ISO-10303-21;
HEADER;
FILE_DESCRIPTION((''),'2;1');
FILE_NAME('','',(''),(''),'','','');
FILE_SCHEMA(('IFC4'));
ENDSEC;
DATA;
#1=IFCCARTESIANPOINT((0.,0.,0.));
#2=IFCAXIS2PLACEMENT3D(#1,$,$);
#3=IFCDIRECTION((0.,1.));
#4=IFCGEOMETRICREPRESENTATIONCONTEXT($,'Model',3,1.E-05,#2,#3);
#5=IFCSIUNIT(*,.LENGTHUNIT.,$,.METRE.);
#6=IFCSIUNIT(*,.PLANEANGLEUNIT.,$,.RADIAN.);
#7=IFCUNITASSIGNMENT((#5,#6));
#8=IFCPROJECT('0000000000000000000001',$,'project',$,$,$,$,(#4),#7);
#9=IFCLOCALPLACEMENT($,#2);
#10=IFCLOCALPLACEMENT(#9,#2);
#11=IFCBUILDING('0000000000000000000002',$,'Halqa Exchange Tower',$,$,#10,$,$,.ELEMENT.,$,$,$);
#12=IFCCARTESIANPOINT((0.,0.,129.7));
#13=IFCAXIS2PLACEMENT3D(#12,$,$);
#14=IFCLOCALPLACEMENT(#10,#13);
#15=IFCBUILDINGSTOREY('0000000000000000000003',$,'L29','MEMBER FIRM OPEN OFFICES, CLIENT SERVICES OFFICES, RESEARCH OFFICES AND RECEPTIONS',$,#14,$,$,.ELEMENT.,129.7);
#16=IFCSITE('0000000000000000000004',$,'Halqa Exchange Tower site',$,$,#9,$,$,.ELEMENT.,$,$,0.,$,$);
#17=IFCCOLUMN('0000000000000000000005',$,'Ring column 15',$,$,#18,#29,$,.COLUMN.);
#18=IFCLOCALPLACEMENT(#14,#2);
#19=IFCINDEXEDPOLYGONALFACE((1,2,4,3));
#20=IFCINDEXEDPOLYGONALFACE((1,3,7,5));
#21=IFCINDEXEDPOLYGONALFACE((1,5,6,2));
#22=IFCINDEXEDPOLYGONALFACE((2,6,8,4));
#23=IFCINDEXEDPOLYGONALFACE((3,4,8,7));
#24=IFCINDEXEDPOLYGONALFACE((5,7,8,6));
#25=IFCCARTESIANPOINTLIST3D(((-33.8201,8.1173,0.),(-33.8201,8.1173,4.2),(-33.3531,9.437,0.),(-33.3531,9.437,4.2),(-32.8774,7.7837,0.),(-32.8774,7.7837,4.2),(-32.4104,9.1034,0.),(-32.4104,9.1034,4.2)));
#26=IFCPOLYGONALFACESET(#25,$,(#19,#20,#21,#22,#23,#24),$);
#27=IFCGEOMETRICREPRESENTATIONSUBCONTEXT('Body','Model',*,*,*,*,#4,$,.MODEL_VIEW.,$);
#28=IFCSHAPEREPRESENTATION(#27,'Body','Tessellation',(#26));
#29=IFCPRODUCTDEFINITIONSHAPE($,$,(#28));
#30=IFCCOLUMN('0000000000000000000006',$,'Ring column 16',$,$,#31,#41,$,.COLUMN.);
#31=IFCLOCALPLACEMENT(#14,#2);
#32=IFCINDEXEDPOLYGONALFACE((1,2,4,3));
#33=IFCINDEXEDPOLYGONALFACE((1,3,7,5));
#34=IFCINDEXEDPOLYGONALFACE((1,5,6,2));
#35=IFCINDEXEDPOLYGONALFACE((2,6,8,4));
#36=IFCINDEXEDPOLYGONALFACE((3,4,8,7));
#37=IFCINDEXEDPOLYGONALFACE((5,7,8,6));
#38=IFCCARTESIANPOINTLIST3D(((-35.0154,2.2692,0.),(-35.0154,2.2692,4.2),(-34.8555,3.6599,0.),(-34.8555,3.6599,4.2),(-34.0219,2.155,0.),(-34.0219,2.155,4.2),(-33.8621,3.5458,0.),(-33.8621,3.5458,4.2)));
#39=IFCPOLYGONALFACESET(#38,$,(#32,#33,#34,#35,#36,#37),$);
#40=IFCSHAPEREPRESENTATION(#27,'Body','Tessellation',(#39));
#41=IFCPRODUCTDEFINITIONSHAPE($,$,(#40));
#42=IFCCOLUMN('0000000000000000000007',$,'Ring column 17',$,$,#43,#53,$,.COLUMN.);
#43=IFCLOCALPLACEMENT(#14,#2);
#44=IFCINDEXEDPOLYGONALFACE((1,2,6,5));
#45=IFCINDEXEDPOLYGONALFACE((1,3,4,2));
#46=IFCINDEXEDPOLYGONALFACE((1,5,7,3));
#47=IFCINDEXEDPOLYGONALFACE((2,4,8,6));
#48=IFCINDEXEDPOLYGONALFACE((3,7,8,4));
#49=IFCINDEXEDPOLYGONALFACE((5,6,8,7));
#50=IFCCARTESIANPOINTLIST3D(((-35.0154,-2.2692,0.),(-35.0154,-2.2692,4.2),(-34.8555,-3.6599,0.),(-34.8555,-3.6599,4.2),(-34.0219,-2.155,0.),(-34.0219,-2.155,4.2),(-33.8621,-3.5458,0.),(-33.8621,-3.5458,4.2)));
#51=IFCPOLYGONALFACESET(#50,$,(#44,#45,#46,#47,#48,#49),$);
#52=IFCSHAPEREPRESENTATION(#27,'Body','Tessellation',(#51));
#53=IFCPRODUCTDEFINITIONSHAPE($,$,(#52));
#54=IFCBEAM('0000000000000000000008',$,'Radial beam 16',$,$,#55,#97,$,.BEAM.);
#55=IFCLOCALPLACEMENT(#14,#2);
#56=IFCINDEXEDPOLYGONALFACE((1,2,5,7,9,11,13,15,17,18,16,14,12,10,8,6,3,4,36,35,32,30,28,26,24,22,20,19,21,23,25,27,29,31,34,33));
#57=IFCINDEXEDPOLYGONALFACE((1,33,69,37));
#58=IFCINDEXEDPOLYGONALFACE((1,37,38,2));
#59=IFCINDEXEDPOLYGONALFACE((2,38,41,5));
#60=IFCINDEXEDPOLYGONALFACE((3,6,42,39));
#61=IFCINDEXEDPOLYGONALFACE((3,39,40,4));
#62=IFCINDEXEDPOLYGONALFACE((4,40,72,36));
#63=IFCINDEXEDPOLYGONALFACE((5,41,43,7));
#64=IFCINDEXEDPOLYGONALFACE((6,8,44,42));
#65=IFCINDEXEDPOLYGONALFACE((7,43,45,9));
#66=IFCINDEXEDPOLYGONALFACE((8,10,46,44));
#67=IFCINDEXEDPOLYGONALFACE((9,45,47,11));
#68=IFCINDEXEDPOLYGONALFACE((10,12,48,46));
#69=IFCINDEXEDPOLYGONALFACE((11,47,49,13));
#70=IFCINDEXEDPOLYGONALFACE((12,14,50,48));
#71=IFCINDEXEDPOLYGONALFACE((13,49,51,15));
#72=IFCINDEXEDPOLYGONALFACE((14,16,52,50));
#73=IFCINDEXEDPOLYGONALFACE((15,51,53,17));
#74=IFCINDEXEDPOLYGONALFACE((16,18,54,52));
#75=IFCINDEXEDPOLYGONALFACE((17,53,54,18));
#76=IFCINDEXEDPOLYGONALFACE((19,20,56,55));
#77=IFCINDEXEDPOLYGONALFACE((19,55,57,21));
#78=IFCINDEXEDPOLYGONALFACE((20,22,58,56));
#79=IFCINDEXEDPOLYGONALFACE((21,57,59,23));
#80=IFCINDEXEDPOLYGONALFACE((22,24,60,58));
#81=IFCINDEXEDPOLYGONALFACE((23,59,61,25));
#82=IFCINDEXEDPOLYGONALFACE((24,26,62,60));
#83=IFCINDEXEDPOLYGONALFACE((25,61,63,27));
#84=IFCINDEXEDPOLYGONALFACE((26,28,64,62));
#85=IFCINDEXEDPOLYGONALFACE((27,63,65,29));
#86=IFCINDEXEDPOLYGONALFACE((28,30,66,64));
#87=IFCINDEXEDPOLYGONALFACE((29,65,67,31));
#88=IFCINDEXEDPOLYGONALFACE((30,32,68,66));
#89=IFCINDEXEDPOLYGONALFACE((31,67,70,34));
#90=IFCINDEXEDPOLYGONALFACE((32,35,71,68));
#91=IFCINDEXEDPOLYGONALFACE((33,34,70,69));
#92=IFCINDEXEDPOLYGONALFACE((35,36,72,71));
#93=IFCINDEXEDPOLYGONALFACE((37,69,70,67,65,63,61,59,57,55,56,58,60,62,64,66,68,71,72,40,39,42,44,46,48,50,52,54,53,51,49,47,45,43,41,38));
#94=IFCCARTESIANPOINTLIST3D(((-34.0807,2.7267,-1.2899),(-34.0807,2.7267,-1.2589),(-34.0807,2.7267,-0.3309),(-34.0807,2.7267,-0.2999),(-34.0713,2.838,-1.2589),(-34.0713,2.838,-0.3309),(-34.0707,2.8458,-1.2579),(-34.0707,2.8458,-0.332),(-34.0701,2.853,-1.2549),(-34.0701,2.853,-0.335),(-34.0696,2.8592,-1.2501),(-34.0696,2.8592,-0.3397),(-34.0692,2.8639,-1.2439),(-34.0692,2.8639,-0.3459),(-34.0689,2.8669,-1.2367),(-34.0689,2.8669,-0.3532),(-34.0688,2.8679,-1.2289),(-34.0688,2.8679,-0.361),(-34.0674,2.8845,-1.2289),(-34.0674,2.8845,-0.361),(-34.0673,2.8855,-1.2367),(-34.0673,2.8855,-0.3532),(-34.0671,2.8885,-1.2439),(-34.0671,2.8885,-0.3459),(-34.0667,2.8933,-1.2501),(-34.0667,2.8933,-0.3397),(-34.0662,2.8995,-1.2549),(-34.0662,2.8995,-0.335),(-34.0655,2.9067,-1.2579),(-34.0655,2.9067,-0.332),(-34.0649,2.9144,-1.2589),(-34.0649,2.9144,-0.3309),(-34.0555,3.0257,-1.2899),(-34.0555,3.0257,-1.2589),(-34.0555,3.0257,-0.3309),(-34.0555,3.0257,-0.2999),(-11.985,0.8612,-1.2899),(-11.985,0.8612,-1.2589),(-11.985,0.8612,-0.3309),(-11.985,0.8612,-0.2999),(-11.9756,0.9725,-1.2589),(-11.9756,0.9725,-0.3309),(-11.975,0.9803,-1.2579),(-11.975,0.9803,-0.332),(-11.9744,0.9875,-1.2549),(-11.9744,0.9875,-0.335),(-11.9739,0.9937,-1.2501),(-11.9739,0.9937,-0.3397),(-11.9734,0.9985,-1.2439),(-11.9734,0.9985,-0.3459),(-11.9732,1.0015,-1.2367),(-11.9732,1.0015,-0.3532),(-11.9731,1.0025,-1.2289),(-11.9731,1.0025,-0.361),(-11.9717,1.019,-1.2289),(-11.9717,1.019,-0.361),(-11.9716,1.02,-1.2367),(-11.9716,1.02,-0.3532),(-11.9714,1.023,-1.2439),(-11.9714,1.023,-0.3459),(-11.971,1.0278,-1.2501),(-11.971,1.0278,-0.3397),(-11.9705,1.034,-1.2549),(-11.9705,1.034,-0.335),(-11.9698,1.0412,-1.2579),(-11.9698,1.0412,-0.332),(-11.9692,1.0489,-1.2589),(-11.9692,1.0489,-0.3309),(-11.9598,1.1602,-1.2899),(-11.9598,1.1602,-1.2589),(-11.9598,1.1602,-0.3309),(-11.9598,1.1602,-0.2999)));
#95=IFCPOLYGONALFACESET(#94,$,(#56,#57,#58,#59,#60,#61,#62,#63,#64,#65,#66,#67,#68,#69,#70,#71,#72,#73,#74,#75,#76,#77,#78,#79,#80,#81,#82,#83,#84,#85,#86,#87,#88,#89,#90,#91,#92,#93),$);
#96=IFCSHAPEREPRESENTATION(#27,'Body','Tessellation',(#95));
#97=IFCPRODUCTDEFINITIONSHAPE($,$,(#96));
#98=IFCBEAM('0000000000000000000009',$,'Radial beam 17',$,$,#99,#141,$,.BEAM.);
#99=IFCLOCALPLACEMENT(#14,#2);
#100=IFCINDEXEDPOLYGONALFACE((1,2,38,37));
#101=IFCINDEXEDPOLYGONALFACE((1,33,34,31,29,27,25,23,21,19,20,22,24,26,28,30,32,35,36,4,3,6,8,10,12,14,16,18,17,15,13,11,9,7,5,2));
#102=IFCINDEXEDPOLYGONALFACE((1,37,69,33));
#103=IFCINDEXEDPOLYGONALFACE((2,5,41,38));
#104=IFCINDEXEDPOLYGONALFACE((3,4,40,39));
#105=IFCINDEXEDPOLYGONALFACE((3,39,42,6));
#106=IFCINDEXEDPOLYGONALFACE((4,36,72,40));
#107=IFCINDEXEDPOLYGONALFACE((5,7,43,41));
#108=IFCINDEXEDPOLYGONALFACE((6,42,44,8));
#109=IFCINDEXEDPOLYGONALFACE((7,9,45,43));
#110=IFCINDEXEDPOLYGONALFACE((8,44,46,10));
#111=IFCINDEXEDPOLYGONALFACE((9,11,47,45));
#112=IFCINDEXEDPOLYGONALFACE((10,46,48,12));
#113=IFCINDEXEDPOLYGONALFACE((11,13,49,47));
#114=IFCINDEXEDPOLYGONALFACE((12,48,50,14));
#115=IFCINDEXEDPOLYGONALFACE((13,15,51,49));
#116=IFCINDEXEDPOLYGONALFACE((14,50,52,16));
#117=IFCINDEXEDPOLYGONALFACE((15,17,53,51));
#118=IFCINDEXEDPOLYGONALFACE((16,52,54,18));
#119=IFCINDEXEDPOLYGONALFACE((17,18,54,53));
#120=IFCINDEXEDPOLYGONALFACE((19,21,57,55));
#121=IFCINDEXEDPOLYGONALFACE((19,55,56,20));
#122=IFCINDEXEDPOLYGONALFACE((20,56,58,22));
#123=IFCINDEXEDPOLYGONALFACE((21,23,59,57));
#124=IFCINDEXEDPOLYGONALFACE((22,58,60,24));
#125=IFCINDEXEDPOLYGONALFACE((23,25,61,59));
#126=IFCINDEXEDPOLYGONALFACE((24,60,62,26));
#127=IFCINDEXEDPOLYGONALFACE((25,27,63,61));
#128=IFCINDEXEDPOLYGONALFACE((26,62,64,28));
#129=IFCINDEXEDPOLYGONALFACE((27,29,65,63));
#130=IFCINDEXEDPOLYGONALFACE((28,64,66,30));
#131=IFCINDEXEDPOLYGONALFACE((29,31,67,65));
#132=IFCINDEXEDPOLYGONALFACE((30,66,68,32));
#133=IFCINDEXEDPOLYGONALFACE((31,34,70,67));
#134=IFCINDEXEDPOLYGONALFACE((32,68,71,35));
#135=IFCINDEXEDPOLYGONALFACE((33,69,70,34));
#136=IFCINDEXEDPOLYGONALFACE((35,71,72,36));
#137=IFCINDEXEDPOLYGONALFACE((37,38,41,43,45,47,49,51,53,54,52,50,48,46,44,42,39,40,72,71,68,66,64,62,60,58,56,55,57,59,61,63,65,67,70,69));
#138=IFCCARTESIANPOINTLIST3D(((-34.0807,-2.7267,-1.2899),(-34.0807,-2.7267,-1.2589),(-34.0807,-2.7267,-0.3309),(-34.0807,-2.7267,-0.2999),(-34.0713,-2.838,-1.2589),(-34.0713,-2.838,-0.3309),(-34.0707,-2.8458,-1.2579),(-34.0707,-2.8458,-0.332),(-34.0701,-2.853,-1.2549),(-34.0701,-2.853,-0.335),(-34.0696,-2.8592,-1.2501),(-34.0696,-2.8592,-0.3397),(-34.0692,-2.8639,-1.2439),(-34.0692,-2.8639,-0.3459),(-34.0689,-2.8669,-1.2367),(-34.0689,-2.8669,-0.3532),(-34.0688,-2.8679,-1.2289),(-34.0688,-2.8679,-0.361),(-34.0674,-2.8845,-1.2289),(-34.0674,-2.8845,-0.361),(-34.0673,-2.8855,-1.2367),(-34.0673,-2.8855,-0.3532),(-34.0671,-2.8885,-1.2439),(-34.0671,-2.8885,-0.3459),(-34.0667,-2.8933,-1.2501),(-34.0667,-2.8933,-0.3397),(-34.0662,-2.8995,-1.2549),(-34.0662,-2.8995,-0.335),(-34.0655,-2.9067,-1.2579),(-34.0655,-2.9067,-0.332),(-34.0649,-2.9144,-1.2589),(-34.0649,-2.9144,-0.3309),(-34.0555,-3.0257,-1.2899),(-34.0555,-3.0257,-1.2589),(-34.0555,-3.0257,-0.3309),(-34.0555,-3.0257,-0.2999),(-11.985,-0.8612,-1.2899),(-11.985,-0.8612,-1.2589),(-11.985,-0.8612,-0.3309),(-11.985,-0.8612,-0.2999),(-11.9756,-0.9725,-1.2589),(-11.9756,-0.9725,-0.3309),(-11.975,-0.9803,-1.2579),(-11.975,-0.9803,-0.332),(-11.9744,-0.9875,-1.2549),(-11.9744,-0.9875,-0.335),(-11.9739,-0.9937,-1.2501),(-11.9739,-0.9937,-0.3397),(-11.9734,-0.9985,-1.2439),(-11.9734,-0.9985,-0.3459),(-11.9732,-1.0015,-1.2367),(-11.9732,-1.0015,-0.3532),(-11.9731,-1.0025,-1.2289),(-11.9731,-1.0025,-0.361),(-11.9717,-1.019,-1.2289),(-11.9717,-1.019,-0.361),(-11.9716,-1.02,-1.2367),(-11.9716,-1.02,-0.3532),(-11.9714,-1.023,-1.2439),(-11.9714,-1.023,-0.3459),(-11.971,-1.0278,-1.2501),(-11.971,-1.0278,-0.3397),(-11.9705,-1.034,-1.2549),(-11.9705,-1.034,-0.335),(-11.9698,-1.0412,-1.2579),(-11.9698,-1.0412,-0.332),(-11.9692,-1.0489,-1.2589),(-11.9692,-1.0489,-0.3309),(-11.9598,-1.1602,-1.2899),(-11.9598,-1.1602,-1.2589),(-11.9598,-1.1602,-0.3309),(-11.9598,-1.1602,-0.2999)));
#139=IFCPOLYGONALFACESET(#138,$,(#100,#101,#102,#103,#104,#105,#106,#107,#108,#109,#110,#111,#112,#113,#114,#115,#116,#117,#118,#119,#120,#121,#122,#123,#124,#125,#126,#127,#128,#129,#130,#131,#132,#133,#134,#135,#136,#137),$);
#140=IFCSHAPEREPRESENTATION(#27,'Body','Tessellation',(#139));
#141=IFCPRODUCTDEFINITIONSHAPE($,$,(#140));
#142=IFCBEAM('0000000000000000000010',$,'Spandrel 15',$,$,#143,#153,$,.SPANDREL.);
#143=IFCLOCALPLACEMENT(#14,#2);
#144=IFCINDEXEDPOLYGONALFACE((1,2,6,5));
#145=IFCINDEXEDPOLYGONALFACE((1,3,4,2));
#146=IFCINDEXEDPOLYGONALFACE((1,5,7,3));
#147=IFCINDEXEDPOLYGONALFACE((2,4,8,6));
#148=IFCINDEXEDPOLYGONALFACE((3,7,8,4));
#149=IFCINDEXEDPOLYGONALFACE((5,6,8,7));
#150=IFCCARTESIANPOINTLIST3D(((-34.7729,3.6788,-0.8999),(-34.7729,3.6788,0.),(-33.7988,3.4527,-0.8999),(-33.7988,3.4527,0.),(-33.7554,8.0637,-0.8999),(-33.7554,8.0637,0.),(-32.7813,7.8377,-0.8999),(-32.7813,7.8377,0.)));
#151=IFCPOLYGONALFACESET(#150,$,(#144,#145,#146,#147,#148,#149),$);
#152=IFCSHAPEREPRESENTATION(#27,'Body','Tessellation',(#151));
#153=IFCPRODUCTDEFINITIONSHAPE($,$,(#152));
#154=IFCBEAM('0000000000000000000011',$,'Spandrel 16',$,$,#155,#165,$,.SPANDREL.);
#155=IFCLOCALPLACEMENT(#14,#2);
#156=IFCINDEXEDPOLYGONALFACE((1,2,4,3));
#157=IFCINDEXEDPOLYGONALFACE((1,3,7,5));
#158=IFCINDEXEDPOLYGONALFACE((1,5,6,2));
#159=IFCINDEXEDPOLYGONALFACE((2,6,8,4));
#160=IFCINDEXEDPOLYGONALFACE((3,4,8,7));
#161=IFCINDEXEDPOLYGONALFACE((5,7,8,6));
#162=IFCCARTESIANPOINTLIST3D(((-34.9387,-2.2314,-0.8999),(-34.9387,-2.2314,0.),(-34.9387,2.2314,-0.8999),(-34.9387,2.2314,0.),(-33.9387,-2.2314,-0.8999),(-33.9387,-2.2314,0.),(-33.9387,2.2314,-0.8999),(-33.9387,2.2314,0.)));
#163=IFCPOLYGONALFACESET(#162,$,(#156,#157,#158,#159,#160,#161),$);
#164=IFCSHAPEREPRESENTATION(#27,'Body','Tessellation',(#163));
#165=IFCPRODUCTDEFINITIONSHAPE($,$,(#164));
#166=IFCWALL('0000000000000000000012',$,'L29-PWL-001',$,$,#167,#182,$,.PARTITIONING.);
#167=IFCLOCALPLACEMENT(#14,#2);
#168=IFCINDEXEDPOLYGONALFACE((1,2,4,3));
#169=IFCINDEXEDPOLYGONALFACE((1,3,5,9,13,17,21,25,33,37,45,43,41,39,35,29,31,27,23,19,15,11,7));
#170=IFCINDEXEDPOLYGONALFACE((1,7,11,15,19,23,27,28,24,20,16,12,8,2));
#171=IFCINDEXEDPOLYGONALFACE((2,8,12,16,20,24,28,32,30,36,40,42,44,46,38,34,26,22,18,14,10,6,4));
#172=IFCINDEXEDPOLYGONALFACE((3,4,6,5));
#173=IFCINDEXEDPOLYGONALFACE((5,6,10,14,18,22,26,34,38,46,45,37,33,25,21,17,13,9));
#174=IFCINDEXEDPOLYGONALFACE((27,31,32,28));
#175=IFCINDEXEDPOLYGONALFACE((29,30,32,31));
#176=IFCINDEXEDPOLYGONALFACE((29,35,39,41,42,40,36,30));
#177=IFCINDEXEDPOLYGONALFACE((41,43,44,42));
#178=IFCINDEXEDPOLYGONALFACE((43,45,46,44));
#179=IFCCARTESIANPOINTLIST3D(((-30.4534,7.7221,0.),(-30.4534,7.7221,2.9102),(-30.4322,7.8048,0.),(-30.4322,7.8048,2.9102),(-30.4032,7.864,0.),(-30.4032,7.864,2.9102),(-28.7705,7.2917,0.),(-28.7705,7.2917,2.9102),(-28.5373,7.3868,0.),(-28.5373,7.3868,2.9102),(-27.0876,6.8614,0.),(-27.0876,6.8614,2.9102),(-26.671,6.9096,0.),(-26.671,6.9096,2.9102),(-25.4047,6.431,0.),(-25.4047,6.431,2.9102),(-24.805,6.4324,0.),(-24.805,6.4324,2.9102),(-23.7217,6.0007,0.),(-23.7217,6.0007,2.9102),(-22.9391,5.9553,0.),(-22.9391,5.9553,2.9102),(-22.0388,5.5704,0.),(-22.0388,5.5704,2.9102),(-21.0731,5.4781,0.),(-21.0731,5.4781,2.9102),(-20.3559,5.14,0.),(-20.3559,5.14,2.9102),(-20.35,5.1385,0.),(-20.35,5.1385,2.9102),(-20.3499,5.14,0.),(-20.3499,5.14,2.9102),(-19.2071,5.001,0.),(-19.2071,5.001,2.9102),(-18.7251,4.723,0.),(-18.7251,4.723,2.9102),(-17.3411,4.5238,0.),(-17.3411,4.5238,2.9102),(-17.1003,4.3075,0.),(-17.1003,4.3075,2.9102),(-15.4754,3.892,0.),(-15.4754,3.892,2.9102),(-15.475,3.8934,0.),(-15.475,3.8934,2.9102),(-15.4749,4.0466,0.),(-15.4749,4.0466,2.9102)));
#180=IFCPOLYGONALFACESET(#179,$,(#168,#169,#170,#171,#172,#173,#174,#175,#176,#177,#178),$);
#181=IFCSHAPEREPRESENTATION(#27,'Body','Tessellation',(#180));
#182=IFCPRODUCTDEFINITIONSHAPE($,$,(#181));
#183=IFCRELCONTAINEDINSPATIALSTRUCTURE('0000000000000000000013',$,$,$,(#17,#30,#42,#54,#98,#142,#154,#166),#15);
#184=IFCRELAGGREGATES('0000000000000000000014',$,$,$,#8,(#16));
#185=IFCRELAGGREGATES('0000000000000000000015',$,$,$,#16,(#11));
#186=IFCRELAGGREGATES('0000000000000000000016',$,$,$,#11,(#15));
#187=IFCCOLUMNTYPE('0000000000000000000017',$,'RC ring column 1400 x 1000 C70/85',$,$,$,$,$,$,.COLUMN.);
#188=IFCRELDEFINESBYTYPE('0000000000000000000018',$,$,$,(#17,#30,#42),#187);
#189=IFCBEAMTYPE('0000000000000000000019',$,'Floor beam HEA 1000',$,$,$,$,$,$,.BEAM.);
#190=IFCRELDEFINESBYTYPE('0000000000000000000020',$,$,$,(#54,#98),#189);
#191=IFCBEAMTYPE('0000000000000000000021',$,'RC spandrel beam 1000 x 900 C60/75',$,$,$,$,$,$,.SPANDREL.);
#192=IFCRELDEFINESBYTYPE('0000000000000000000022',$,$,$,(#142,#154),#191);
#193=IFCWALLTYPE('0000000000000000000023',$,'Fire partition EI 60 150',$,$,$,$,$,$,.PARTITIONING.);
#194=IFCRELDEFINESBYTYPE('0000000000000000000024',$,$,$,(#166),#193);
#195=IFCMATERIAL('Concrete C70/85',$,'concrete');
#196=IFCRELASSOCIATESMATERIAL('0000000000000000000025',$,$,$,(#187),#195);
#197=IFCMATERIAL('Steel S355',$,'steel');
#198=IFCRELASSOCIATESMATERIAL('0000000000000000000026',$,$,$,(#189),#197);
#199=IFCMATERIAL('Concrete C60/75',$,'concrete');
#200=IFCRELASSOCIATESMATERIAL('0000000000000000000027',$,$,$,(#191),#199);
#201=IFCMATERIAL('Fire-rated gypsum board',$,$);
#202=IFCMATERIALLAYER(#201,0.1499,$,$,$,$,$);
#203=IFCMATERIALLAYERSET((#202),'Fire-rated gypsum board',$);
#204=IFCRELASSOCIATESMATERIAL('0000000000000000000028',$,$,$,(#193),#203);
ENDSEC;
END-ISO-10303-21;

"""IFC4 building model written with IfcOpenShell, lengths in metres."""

from ifc_helpers import new_model, si_unit, direction, frame, origin, origin_2d, place, context, subcontext, project, spatial, polyline, rectangle, i_section, outline, extrude, material, layer, layer_set, material_profile, profile_set, type_object, element, save


model = new_model("IFC4")

# Units and contexts
model_context = context("Model", 3, precision=1e-05, world=origin(), true_north=direction((0.0, 1.0)))
body_context = subcontext(model_context, "Body", "Model", "MODEL_VIEW")
ifc_project = project(units=[si_unit("LENGTHUNIT", "METRE"), si_unit("PLANEANGLEUNIT", "RADIAN")], contexts=[model_context])

# Site, building, storey
site_placement = place(None, origin())
site = spatial("IfcSite", under=ifc_project, at=site_placement, Name="Halqa Exchange Tower site", CompositionType="ELEMENT", RefElevation=0.0)
building_placement = place(site_placement, origin())
building = spatial("IfcBuilding", under=site, at=building_placement, Name="Halqa Exchange Tower", CompositionType="ELEMENT")
storey_placement = place(building_placement, frame((0.0, 0.0, 129.7)))
storey = spatial("IfcBuildingStorey", under=building, at=storey_placement, Name="L29", Description="MEMBER FIRM OPEN OFFICES, CLIENT SERVICES OFFICES, RESEARCH OFFICES AND RECEPTIONS", CompositionType="ELEMENT", Elevation=129.7)

# Columns
ifc_material_1 = material(Name="Concrete C70/85", Category="concrete")
ifc_material_profile_1 = material_profile(ifc_material_1, rectangle(XDim=1.3999, YDim=1.0, at=origin_2d()), Name="1400 x 1000")
ifc_profile_set_1 = profile_set([ifc_material_profile_1], Name="Concrete C70/85")
column_type = type_object("IfcColumnType", Name="RC ring column 1400 x 1000 C70/85", PredefinedType="COLUMN", material=ifc_profile_set_1)
for number, where, z_axis, x_axis, name in (
    (1, (-33.1152, 8.6104, 0.0), (0.0, 0.0, 1.0), (-0.333636, -0.942702, 0.0), "Ring column 15"),
    (2, (-34.4387, 2.9075, 0.0), (0.0, 0.0, 1.0), (-0.114159, -0.993463, 0.0), "Ring column 16"),
    (3, (-34.4387, -2.9075, 0.0), (0.0, 0.0, 1.0), (0.114159, -0.993463, 0.0), "Ring column 17"),
):
    element("IfcColumn", number, at=place(storey_placement, frame(where, z_axis=z_axis, x_axis=x_axis)), inside=storey, type_object=column_type, Name=name, PredefinedType="COLUMN", context=body_context, shape_type="SweptSolid", body=[
        extrude(rectangle(XDim=1.3999, YDim=1.0, at=origin_2d()), origin(), (0.0, 0.0, 1.0), 4.2),
    ])

# Beams
ifc_material_2 = material(Name="Steel S355", Category="steel")
ifc_material_profile_2 = material_profile(ifc_material_2, i_section(OverallWidth=0.3, OverallDepth=0.99, WebThickness=0.0166, FlangeThickness=0.031, FilletRadius=0.03, at=origin_2d()), Name="HEA 1000")
ifc_profile_set_2 = profile_set([ifc_material_profile_2], Name="Steel S355")
beam_type_1 = type_object("IfcBeamType", Name="Floor beam HEA 1000", PredefinedType="BEAM", material=ifc_profile_set_2)
for number, where, z_axis, x_axis, name in (
    (4, (-11.9724, 1.0107, -0.7949), (-0.996455, 0.084128, 0.0), (-0.084128, -0.996455, 0.0), "Radial beam 16"),
    (5, (-11.9724, -1.0107, -0.7949), (-0.996455, -0.084128, 0.0), (0.084128, -0.996455, 0.0), "Radial beam 17"),
):
    element("IfcBeam", number, at=place(storey_placement, frame(where, z_axis=z_axis, x_axis=x_axis)), inside=storey, type_object=beam_type_1, Name=name, PredefinedType="BEAM", context=body_context, shape_type="SweptSolid", body=[
        extrude(i_section(OverallWidth=0.3, OverallDepth=0.99, WebThickness=0.0166, FlangeThickness=0.031, FilletRadius=0.03, at=origin_2d()), origin(), (0.0, 0.0, 1.0), 22.1743),
    ])
ifc_material_3 = material(Name="Concrete C60/75", Category="concrete")
ifc_material_profile_3 = material_profile(ifc_material_3, rectangle(XDim=1.0, YDim=0.8999, at=origin_2d()), Name="1000 x 900")
ifc_profile_set_3 = profile_set([ifc_material_profile_3], Name="Concrete C60/75")
beam_type_2 = type_object("IfcBeamType", Name="RC spandrel beam 1000 x 900 C60/75", PredefinedType="SPANDREL", material=ifc_profile_set_3)
beam_1_placement = place(storey_placement, frame((-33.2683, 7.9507, -0.45), z_axis=(-0.226052, -0.974115, 0.0), x_axis=(0.974115, -0.226052, 0.0)))
element("IfcBeam", 6, at=beam_1_placement, inside=storey, type_object=beam_type_2, Name="Spandrel 15", PredefinedType="SPANDREL", context=body_context, shape_type="SweptSolid", body=[
    extrude(rectangle(XDim=1.0, YDim=0.8999, at=origin_2d()), origin(), (0.0, 0.0, 1.0), 4.5015),
])
beam_2_placement = place(storey_placement, frame((-34.4387, 2.2314, -0.45), z_axis=(0.0, -1.0, 0.0), x_axis=(1.0, 0.0, 0.0)))
element("IfcBeam", 7, at=beam_2_placement, inside=storey, type_object=beam_type_2, Name="Spandrel 16", PredefinedType="SPANDREL", context=body_context, shape_type="SweptSolid", body=[
    extrude(rectangle(XDim=1.0, YDim=0.8999, at=origin_2d()), origin(), (0.0, 0.0, 1.0), 4.4629),
])

# Wall
ifc_material_4 = material(Name="Fire-rated gypsum board")
ifc_layer_1 = layer(ifc_material_4, 0.1499)
ifc_layer_set_1 = layer_set([ifc_layer_1], Name="Fire-rated gypsum board")
wall_type_1 = type_object("IfcWallType", Name="Fire partition EI 60 150", PredefinedType="PARTITIONING", material=ifc_layer_set_1)
wall_1_placement = place(storey_placement, frame((-30.4348, 7.7947, 0.0), z_axis=(0.0, 0.0, 1.0), x_axis=(0.968826, -0.247742, 0.0)))
element("IfcWall", 8, at=wall_1_placement, inside=storey, type_object=wall_type_1, Name="L29-PWL-001", PredefinedType="PARTITIONING", context=body_context, shape_type="SweptSolid", body=[
    extrude(outline(polyline([(0.0, -0.075), (1.7371, -0.075), (3.4741, -0.075), (5.2112, -0.075), (6.9482, -0.075), (8.6853, -0.075), (10.4224, -0.075), (10.4282, -0.0735), (10.4285, -0.075), (12.1057, -0.075), (13.7827, -0.075), (15.46, -0.075), (15.46, -0.0735), (15.4221, 0.075), (13.4958, 0.075), (11.5698, 0.075), (9.6438, 0.075), (7.7178, 0.075), (5.7917, 0.075), (3.8657, 0.075), (1.9395, 0.075), (0.0134, 0.075), (0.0, 0.0105), (0.0, -0.075)])), origin(), (0.0, 0.0, 1.0), 2.9102),
])

save(model, "model.ifc")
